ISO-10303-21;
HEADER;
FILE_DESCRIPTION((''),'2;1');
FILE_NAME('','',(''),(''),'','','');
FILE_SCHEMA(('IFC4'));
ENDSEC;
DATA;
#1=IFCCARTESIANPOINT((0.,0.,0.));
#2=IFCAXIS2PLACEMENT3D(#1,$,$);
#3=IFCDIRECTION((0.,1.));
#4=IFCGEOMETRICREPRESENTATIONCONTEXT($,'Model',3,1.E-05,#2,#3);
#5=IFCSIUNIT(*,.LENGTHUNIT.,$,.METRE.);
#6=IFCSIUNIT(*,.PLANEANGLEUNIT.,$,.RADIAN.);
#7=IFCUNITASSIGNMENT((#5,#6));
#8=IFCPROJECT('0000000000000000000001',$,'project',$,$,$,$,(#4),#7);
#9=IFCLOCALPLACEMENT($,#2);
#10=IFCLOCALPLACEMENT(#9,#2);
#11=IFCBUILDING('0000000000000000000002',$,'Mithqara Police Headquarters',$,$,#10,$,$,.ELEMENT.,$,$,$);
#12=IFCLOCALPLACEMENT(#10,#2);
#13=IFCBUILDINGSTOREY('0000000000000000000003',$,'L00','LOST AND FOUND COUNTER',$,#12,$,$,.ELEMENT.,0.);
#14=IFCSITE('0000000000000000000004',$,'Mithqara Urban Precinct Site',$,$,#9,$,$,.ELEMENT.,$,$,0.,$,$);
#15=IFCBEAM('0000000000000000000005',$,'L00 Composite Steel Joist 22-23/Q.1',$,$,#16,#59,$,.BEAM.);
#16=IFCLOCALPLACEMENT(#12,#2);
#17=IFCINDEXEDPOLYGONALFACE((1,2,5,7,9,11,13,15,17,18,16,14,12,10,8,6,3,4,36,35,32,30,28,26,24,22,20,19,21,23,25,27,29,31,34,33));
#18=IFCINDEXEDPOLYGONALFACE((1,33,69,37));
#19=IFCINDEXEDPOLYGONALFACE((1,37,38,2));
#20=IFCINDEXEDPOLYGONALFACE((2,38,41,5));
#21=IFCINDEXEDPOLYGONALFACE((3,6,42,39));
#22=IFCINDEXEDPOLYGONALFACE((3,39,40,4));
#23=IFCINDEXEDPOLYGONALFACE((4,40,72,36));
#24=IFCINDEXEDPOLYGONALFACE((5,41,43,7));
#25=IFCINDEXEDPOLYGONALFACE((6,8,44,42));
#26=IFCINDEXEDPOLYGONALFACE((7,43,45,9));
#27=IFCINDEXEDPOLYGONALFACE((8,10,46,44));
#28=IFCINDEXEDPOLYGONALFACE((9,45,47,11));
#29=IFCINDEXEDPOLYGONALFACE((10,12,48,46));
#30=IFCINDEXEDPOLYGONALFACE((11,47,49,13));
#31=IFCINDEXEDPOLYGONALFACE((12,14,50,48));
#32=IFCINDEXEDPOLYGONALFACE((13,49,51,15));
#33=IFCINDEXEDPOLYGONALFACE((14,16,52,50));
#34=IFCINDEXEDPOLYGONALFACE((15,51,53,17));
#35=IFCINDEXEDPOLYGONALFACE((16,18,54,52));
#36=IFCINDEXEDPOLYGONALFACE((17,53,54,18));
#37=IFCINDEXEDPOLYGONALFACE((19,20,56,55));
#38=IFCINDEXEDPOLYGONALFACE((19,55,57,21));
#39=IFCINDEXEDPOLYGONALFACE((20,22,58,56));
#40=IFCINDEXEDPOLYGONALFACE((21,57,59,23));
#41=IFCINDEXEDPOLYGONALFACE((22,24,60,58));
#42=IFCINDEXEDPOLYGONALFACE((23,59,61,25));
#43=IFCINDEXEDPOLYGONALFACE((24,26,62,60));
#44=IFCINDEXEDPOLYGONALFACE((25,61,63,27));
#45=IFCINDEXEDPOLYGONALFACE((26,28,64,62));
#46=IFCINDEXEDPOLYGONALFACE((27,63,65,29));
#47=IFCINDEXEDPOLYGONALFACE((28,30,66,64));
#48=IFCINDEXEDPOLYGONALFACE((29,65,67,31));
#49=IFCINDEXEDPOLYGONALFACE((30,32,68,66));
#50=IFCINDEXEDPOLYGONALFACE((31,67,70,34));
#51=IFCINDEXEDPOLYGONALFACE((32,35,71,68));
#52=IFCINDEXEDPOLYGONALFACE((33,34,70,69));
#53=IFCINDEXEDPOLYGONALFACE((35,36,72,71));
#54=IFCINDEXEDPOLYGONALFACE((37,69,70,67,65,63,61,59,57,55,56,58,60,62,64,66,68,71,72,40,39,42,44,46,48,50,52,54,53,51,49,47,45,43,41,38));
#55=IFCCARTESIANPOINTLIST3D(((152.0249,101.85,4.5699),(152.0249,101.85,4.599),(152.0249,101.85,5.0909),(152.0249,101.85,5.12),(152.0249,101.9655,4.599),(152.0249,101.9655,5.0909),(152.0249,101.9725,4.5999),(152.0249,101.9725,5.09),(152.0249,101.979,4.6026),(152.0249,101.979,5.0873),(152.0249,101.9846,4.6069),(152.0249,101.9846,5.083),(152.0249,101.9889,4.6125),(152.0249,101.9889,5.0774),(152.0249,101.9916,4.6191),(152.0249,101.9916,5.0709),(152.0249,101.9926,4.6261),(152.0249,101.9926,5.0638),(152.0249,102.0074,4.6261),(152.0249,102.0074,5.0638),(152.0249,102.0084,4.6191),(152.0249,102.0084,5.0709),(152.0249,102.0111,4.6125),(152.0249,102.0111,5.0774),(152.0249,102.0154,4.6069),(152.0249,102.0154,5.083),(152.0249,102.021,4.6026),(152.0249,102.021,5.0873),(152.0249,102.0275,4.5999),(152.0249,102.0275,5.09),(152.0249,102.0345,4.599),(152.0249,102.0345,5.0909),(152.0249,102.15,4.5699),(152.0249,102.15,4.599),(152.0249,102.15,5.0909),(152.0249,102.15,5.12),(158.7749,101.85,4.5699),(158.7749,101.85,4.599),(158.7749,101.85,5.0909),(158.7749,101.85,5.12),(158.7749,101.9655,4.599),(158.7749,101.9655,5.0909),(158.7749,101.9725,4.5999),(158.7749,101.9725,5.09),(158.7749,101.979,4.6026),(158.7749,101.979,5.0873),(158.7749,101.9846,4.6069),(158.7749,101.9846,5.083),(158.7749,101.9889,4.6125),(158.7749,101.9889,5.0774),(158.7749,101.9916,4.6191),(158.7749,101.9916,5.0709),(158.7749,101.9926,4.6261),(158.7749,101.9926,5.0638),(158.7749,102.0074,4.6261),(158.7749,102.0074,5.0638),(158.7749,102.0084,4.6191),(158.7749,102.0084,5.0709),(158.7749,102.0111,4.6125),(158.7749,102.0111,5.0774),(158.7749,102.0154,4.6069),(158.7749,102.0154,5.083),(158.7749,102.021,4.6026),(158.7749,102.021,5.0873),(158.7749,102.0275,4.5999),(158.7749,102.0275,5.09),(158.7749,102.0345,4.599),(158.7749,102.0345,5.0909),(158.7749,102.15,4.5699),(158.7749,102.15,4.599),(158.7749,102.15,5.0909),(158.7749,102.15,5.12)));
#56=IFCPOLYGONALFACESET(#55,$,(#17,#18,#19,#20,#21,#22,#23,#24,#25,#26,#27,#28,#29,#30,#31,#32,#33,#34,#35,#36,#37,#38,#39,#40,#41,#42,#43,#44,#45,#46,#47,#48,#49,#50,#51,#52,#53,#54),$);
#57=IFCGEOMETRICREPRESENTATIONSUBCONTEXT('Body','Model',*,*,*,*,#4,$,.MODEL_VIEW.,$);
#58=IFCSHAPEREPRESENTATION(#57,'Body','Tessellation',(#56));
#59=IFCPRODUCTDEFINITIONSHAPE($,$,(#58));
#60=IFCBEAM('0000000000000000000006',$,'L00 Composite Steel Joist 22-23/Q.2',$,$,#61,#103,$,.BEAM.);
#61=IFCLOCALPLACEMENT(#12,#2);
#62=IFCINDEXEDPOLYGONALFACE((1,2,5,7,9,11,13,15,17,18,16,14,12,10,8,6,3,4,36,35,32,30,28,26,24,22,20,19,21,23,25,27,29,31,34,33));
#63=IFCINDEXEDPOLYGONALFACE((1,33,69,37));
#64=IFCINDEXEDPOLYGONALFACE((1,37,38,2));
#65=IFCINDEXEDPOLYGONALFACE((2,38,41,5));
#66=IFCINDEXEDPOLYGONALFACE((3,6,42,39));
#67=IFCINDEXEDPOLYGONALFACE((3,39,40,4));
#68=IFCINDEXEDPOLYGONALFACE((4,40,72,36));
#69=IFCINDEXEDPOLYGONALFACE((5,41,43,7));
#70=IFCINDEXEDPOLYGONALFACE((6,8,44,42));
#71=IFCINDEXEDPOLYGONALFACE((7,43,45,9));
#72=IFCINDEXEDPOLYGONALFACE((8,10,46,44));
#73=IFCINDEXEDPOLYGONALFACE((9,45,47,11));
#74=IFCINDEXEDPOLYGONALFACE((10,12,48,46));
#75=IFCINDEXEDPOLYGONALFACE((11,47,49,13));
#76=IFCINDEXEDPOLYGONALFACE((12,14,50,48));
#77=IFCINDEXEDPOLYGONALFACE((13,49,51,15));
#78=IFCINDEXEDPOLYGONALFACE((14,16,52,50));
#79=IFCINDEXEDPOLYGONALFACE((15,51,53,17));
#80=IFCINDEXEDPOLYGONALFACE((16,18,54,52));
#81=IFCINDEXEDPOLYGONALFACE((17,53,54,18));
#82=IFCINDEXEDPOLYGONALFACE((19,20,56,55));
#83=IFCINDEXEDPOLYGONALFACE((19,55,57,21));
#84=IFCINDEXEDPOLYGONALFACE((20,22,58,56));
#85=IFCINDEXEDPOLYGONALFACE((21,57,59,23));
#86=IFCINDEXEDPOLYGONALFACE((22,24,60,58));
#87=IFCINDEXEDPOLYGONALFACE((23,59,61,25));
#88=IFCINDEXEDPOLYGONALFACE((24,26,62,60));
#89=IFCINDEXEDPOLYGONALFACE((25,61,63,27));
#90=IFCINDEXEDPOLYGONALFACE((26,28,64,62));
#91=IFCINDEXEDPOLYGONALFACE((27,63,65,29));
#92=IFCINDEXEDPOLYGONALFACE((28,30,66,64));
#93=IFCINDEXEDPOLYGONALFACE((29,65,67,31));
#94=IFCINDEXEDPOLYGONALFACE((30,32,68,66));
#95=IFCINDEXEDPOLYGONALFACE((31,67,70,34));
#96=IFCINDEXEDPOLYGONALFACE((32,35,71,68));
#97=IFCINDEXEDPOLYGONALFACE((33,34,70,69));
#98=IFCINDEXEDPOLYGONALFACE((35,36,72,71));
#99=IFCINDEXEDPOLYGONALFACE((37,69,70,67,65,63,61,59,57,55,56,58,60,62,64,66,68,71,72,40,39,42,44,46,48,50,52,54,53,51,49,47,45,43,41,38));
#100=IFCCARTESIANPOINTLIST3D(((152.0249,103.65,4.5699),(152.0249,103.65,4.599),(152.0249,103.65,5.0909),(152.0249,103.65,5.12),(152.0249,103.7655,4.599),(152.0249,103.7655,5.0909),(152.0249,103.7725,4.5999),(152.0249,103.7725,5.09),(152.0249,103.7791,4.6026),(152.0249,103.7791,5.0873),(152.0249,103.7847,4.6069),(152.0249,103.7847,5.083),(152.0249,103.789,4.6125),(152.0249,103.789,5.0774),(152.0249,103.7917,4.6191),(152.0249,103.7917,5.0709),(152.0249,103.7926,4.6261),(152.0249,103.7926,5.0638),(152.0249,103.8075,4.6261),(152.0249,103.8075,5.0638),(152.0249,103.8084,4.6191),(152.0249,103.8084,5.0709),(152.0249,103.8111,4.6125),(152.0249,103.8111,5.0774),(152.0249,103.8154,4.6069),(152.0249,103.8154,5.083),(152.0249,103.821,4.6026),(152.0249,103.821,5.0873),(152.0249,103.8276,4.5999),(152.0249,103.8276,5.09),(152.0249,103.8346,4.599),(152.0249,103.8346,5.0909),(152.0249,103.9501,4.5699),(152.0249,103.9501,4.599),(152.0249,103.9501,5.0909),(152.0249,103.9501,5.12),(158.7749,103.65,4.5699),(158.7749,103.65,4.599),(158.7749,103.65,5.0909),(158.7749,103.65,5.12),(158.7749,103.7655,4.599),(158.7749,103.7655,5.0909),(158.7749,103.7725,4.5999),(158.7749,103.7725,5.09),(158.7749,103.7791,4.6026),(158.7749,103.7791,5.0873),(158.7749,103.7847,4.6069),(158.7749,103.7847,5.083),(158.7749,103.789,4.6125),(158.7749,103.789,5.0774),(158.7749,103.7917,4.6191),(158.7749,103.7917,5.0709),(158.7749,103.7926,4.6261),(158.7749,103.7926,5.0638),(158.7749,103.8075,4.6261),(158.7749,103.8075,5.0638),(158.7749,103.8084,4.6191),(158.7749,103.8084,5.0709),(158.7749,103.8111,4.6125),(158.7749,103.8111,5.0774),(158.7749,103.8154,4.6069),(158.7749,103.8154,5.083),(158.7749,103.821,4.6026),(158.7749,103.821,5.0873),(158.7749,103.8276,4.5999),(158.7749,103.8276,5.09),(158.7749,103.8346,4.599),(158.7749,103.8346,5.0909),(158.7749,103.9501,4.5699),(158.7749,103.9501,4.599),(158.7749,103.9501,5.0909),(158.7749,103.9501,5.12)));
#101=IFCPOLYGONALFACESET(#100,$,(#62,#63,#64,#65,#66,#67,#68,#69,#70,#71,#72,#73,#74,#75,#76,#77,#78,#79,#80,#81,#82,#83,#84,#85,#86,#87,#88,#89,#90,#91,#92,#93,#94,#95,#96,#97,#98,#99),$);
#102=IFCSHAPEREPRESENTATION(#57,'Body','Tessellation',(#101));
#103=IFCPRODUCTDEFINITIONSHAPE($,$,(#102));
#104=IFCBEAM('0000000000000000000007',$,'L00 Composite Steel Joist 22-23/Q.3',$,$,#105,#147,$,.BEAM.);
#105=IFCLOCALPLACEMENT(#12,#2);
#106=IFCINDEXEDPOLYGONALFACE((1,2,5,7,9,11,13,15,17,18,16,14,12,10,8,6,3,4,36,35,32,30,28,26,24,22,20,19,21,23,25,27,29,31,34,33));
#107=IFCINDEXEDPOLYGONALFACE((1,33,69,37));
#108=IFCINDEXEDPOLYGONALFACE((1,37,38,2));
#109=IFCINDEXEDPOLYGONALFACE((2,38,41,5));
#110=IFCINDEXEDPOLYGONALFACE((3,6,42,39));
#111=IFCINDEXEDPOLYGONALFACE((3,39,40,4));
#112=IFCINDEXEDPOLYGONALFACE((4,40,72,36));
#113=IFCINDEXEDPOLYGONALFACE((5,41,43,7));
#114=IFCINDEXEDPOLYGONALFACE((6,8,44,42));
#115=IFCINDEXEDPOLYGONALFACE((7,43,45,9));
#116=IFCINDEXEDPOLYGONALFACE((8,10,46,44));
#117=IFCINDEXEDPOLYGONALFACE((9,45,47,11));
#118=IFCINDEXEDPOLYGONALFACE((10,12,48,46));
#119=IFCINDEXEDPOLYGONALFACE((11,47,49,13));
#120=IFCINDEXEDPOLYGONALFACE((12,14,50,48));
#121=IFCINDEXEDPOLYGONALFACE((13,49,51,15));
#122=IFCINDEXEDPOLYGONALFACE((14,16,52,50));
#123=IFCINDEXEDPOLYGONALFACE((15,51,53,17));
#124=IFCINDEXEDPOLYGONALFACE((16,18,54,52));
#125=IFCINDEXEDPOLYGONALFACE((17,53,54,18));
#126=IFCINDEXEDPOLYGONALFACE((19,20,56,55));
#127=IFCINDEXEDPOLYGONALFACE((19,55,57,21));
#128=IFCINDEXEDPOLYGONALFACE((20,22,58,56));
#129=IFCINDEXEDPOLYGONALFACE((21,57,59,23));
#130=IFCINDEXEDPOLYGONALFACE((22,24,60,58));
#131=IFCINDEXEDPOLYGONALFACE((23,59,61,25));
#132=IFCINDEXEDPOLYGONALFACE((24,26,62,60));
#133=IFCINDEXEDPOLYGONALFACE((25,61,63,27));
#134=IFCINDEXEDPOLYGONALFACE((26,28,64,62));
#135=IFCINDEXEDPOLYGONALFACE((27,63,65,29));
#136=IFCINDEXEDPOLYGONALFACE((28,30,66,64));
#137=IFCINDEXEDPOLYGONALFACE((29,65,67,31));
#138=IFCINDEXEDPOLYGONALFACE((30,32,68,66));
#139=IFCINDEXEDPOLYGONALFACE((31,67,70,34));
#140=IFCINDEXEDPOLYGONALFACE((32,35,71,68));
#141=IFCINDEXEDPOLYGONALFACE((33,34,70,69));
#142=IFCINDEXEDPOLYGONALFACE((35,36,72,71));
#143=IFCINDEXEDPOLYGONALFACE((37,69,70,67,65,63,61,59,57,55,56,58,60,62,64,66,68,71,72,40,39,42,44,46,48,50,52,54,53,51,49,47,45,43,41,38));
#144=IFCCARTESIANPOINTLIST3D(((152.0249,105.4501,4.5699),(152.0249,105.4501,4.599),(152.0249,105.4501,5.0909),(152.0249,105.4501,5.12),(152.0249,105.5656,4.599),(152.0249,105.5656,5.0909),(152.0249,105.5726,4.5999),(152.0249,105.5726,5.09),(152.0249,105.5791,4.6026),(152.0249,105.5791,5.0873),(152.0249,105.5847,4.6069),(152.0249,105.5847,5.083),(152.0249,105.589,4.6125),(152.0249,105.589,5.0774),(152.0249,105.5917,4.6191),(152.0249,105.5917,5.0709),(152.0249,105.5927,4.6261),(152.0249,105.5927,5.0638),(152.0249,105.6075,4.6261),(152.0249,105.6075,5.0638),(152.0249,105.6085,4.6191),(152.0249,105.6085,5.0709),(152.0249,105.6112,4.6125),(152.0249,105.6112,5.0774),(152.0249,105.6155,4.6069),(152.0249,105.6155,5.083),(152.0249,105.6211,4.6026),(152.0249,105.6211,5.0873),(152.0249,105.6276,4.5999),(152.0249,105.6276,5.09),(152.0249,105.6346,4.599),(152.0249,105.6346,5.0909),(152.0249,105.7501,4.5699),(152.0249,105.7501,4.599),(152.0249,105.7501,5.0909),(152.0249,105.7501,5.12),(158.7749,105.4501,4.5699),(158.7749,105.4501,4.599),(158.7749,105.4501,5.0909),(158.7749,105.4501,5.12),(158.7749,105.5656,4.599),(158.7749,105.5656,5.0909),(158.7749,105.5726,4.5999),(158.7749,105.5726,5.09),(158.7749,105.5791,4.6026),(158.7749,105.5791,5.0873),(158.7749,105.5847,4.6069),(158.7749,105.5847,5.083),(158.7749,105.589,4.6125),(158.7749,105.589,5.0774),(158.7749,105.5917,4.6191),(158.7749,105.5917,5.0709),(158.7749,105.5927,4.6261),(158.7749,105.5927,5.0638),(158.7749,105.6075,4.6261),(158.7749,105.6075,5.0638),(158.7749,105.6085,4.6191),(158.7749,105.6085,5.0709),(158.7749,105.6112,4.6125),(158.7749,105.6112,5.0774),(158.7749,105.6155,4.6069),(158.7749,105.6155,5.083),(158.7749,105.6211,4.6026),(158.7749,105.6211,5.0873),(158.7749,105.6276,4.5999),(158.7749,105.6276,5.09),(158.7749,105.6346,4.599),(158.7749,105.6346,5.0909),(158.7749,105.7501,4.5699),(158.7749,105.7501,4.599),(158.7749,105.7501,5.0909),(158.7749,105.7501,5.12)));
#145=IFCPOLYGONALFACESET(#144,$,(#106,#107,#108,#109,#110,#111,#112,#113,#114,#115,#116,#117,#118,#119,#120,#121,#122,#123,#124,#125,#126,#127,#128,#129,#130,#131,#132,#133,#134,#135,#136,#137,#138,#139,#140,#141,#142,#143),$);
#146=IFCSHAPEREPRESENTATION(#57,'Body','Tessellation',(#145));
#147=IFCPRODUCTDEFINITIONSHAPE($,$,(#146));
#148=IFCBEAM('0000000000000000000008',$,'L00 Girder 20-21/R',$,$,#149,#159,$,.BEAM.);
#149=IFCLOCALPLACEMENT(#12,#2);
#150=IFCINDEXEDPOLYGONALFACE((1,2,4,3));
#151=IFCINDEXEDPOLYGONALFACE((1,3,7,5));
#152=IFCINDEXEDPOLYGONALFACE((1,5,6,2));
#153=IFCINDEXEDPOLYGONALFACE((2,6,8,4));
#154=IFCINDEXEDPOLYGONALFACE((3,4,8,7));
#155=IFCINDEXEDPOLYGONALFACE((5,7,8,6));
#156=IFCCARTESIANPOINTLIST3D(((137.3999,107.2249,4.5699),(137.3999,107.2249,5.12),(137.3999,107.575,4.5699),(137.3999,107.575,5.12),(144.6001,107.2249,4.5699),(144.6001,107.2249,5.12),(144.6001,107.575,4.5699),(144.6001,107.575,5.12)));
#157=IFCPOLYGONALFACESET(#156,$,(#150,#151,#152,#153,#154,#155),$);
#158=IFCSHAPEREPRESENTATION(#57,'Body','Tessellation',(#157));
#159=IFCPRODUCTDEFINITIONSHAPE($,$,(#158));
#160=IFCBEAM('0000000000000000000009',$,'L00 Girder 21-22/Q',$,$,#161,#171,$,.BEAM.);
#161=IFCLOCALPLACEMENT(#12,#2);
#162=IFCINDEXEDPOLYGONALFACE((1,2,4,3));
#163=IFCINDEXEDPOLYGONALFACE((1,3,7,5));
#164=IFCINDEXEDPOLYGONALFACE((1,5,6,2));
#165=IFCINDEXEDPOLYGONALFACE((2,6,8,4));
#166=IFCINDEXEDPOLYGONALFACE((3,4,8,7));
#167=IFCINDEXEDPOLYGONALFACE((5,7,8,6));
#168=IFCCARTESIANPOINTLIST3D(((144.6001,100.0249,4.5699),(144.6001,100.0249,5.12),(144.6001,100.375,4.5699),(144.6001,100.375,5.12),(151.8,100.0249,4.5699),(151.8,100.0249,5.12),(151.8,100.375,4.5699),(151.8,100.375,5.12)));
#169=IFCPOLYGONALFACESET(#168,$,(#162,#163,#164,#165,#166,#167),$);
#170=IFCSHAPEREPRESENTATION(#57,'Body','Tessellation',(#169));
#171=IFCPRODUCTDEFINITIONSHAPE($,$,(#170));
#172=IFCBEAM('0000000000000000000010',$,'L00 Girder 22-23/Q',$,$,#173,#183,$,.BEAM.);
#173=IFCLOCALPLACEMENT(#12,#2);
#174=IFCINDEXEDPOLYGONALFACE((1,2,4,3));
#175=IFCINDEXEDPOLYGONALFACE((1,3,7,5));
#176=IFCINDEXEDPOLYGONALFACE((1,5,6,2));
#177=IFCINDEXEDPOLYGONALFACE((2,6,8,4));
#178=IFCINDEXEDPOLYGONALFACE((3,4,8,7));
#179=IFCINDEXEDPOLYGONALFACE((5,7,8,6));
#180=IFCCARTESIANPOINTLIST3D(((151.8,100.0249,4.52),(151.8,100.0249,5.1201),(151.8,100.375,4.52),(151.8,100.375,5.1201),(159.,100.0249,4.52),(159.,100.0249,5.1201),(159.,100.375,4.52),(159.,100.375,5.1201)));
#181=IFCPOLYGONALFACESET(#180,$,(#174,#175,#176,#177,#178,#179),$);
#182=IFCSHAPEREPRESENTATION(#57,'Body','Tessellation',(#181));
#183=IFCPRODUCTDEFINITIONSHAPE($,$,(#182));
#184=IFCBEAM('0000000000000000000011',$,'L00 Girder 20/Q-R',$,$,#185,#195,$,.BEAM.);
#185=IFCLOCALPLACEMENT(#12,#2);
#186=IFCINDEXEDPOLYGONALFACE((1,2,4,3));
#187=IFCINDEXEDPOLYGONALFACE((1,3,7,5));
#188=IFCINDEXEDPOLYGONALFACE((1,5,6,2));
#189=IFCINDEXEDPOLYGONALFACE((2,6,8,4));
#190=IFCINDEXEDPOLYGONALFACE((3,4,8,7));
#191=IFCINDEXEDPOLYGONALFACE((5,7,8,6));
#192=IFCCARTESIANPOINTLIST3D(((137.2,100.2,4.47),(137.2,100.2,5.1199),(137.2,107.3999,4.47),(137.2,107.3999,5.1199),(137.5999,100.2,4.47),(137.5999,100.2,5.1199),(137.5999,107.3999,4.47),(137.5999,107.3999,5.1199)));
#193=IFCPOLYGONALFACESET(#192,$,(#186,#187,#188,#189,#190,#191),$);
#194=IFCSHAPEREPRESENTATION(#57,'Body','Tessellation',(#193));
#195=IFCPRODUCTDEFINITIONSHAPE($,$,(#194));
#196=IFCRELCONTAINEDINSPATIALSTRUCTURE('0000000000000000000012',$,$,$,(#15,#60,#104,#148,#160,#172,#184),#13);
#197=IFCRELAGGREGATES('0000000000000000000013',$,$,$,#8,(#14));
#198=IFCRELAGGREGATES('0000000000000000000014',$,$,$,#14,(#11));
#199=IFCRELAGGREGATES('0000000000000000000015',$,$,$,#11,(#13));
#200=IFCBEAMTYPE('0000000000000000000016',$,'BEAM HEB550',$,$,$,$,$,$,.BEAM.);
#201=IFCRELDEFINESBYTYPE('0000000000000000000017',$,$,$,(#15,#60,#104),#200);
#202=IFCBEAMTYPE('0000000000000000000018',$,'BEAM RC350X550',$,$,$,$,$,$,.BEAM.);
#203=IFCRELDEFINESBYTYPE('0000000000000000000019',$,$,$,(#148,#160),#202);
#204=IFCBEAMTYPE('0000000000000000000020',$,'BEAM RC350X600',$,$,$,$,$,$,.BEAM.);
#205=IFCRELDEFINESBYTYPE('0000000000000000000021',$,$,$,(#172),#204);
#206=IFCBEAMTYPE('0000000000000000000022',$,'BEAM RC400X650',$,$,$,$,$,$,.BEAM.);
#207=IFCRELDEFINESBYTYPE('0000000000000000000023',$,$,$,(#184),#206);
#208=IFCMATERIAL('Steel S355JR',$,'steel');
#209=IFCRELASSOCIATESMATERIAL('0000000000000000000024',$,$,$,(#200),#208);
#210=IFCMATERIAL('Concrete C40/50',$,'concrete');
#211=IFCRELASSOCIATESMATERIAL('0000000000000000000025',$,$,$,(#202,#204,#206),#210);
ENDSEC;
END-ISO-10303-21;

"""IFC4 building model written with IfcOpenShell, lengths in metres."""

from ifc_helpers import new_model, si_unit, direction, frame, origin, origin_2d, place, context, subcontext, project, spatial, rectangle, i_section, extrude, material, material_profile, profile_set, type_object, element, save


model = new_model("IFC4")

# Units and contexts
model_context = context("Model", 3, precision=1e-05, world=origin(), true_north=direction((0.0, 1.0)))
body_context = subcontext(model_context, "Body", "Model", "MODEL_VIEW")
ifc_project = project(units=[si_unit("LENGTHUNIT", "METRE"), si_unit("PLANEANGLEUNIT", "RADIAN")], contexts=[model_context])

# Site, building, storey
site_placement = place(None, origin())
site = spatial("IfcSite", under=ifc_project, at=site_placement, Name="Mithqara Urban Precinct Site", CompositionType="ELEMENT", RefElevation=0.0)
building_placement = place(site_placement, origin())
building = spatial("IfcBuilding", under=site, at=building_placement, Name="Mithqara Police Headquarters", CompositionType="ELEMENT")
storey_placement = place(building_placement, origin())
storey = spatial("IfcBuildingStorey", under=building, at=storey_placement, Name="L00", Description="LOST AND FOUND COUNTER", CompositionType="ELEMENT", Elevation=0.0)

# Beams
ifc_material_1 = material(Name="Steel S355JR", Category="steel")
ifc_material_profile_1 = material_profile(ifc_material_1, i_section(OverallWidth=0.3, OverallDepth=0.55, WebThickness=0.0149, FlangeThickness=0.0291, FilletRadius=0.0271, at=origin_2d()), Name="HEB 550")
ifc_profile_set_1 = profile_set([ifc_material_profile_1], Name="Steel S355JR")
beam_type_1 = type_object("IfcBeamType", Name="BEAM HEB550", PredefinedType="BEAM", material=ifc_profile_set_1)
for number, where, z_axis, x_axis, name in (
    (1, (152.0249, 102.0, 4.845), (1.0, 0.0, 0.0), (0.0, 1.0, 0.0), "L00 Composite Steel Joist 22-23/Q.1"),
    (2, (152.0249, 103.8, 4.845), (1.0, 0.0, 0.0), (0.0, 1.0, 0.0), "L00 Composite Steel Joist 22-23/Q.2"),
    (3, (152.0249, 105.6001, 4.845), (1.0, 0.0, 0.0), (0.0, 1.0, 0.0), "L00 Composite Steel Joist 22-23/Q.3"),
):
    element("IfcBeam", number, at=place(storey_placement, frame(where, z_axis=z_axis, x_axis=x_axis)), inside=storey, type_object=beam_type_1, Name=name, PredefinedType="BEAM", context=body_context, shape_type="SweptSolid", body=[
        extrude(i_section(OverallWidth=0.3, OverallDepth=0.55, WebThickness=0.0149, FlangeThickness=0.0291, FilletRadius=0.0271, at=origin_2d()), origin(), (0.0, 0.0, 1.0), 6.75),
    ])
ifc_material_2 = material(Name="Concrete C40/50", Category="concrete")
ifc_material_profile_2 = material_profile(ifc_material_2, rectangle(XDim=0.3501, YDim=0.55, at=origin_2d()), Name="RC 350x550")
ifc_profile_set_2 = profile_set([ifc_material_profile_2], Name="Concrete C40/50")
beam_type_2 = type_object("IfcBeamType", Name="BEAM RC350X550", PredefinedType="BEAM", material=ifc_profile_set_2)
beam_1_placement = place(storey_placement, frame((137.3999, 107.3999, 4.845), z_axis=(1.0, 0.0, 0.0), x_axis=(0.0, 1.0, 0.0)))
element("IfcBeam", 4, at=beam_1_placement, inside=storey, type_object=beam_type_2, Name="L00 Girder 20-21/R", PredefinedType="BEAM", context=body_context, shape_type="SweptSolid", body=[
    extrude(rectangle(XDim=0.3501, YDim=0.55, at=origin_2d()), origin(), (0.0, 0.0, 1.0), 7.2002),
])
beam_2_placement = place(storey_placement, frame((144.6001, 100.2, 4.845), z_axis=(1.0, 0.0, 0.0), x_axis=(0.0, 1.0, 0.0)))
element("IfcBeam", 5, at=beam_2_placement, inside=storey, type_object=beam_type_2, Name="L00 Girder 21-22/Q", PredefinedType="BEAM", context=body_context, shape_type="SweptSolid", body=[
    extrude(rectangle(XDim=0.3501, YDim=0.55, at=origin_2d()), origin(), (0.0, 0.0, 1.0), 7.2),
])
ifc_material_profile_3 = material_profile(ifc_material_2, rectangle(XDim=0.3501, YDim=0.6001, at=origin_2d()), Name="RC 350x600")
ifc_profile_set_3 = profile_set([ifc_material_profile_3], Name="Concrete C40/50")
beam_type_3 = type_object("IfcBeamType", Name="BEAM RC350X600", PredefinedType="BEAM", material=ifc_profile_set_3)
beam_3_placement = place(storey_placement, frame((151.8, 100.2, 4.8201), z_axis=(1.0, 0.0, 0.0), x_axis=(0.0, 1.0, 0.0)))
element("IfcBeam", 6, at=beam_3_placement, inside=storey, type_object=beam_type_3, Name="L00 Girder 22-23/Q", PredefinedType="BEAM", context=body_context, shape_type="SweptSolid", body=[
    extrude(rectangle(XDim=0.3501, YDim=0.6001, at=origin_2d()), origin(), (0.0, 0.0, 1.0), 7.2),
])
ifc_material_profile_4 = material_profile(ifc_material_2, rectangle(XDim=0.3999, YDim=0.6499, at=origin_2d()), Name="RC 400x650")
ifc_profile_set_4 = profile_set([ifc_material_profile_4], Name="Concrete C40/50")
beam_type_4 = type_object("IfcBeamType", Name="BEAM RC400X650", PredefinedType="BEAM", material=ifc_profile_set_4)
beam_4_placement = place(storey_placement, frame((137.3999, 100.2, 4.7949), z_axis=(0.0, 1.0, 0.0), x_axis=(-1.0, 0.0, 0.0)))
element("IfcBeam", 7, at=beam_4_placement, inside=storey, type_object=beam_type_4, Name="L00 Girder 20/Q-R", PredefinedType="BEAM", context=body_context, shape_type="SweptSolid", body=[
    extrude(rectangle(XDim=0.3999, YDim=0.6499, at=origin_2d()), origin(), (0.0, 0.0, 1.0), 7.2),
])

save(model, "model.ifc")
